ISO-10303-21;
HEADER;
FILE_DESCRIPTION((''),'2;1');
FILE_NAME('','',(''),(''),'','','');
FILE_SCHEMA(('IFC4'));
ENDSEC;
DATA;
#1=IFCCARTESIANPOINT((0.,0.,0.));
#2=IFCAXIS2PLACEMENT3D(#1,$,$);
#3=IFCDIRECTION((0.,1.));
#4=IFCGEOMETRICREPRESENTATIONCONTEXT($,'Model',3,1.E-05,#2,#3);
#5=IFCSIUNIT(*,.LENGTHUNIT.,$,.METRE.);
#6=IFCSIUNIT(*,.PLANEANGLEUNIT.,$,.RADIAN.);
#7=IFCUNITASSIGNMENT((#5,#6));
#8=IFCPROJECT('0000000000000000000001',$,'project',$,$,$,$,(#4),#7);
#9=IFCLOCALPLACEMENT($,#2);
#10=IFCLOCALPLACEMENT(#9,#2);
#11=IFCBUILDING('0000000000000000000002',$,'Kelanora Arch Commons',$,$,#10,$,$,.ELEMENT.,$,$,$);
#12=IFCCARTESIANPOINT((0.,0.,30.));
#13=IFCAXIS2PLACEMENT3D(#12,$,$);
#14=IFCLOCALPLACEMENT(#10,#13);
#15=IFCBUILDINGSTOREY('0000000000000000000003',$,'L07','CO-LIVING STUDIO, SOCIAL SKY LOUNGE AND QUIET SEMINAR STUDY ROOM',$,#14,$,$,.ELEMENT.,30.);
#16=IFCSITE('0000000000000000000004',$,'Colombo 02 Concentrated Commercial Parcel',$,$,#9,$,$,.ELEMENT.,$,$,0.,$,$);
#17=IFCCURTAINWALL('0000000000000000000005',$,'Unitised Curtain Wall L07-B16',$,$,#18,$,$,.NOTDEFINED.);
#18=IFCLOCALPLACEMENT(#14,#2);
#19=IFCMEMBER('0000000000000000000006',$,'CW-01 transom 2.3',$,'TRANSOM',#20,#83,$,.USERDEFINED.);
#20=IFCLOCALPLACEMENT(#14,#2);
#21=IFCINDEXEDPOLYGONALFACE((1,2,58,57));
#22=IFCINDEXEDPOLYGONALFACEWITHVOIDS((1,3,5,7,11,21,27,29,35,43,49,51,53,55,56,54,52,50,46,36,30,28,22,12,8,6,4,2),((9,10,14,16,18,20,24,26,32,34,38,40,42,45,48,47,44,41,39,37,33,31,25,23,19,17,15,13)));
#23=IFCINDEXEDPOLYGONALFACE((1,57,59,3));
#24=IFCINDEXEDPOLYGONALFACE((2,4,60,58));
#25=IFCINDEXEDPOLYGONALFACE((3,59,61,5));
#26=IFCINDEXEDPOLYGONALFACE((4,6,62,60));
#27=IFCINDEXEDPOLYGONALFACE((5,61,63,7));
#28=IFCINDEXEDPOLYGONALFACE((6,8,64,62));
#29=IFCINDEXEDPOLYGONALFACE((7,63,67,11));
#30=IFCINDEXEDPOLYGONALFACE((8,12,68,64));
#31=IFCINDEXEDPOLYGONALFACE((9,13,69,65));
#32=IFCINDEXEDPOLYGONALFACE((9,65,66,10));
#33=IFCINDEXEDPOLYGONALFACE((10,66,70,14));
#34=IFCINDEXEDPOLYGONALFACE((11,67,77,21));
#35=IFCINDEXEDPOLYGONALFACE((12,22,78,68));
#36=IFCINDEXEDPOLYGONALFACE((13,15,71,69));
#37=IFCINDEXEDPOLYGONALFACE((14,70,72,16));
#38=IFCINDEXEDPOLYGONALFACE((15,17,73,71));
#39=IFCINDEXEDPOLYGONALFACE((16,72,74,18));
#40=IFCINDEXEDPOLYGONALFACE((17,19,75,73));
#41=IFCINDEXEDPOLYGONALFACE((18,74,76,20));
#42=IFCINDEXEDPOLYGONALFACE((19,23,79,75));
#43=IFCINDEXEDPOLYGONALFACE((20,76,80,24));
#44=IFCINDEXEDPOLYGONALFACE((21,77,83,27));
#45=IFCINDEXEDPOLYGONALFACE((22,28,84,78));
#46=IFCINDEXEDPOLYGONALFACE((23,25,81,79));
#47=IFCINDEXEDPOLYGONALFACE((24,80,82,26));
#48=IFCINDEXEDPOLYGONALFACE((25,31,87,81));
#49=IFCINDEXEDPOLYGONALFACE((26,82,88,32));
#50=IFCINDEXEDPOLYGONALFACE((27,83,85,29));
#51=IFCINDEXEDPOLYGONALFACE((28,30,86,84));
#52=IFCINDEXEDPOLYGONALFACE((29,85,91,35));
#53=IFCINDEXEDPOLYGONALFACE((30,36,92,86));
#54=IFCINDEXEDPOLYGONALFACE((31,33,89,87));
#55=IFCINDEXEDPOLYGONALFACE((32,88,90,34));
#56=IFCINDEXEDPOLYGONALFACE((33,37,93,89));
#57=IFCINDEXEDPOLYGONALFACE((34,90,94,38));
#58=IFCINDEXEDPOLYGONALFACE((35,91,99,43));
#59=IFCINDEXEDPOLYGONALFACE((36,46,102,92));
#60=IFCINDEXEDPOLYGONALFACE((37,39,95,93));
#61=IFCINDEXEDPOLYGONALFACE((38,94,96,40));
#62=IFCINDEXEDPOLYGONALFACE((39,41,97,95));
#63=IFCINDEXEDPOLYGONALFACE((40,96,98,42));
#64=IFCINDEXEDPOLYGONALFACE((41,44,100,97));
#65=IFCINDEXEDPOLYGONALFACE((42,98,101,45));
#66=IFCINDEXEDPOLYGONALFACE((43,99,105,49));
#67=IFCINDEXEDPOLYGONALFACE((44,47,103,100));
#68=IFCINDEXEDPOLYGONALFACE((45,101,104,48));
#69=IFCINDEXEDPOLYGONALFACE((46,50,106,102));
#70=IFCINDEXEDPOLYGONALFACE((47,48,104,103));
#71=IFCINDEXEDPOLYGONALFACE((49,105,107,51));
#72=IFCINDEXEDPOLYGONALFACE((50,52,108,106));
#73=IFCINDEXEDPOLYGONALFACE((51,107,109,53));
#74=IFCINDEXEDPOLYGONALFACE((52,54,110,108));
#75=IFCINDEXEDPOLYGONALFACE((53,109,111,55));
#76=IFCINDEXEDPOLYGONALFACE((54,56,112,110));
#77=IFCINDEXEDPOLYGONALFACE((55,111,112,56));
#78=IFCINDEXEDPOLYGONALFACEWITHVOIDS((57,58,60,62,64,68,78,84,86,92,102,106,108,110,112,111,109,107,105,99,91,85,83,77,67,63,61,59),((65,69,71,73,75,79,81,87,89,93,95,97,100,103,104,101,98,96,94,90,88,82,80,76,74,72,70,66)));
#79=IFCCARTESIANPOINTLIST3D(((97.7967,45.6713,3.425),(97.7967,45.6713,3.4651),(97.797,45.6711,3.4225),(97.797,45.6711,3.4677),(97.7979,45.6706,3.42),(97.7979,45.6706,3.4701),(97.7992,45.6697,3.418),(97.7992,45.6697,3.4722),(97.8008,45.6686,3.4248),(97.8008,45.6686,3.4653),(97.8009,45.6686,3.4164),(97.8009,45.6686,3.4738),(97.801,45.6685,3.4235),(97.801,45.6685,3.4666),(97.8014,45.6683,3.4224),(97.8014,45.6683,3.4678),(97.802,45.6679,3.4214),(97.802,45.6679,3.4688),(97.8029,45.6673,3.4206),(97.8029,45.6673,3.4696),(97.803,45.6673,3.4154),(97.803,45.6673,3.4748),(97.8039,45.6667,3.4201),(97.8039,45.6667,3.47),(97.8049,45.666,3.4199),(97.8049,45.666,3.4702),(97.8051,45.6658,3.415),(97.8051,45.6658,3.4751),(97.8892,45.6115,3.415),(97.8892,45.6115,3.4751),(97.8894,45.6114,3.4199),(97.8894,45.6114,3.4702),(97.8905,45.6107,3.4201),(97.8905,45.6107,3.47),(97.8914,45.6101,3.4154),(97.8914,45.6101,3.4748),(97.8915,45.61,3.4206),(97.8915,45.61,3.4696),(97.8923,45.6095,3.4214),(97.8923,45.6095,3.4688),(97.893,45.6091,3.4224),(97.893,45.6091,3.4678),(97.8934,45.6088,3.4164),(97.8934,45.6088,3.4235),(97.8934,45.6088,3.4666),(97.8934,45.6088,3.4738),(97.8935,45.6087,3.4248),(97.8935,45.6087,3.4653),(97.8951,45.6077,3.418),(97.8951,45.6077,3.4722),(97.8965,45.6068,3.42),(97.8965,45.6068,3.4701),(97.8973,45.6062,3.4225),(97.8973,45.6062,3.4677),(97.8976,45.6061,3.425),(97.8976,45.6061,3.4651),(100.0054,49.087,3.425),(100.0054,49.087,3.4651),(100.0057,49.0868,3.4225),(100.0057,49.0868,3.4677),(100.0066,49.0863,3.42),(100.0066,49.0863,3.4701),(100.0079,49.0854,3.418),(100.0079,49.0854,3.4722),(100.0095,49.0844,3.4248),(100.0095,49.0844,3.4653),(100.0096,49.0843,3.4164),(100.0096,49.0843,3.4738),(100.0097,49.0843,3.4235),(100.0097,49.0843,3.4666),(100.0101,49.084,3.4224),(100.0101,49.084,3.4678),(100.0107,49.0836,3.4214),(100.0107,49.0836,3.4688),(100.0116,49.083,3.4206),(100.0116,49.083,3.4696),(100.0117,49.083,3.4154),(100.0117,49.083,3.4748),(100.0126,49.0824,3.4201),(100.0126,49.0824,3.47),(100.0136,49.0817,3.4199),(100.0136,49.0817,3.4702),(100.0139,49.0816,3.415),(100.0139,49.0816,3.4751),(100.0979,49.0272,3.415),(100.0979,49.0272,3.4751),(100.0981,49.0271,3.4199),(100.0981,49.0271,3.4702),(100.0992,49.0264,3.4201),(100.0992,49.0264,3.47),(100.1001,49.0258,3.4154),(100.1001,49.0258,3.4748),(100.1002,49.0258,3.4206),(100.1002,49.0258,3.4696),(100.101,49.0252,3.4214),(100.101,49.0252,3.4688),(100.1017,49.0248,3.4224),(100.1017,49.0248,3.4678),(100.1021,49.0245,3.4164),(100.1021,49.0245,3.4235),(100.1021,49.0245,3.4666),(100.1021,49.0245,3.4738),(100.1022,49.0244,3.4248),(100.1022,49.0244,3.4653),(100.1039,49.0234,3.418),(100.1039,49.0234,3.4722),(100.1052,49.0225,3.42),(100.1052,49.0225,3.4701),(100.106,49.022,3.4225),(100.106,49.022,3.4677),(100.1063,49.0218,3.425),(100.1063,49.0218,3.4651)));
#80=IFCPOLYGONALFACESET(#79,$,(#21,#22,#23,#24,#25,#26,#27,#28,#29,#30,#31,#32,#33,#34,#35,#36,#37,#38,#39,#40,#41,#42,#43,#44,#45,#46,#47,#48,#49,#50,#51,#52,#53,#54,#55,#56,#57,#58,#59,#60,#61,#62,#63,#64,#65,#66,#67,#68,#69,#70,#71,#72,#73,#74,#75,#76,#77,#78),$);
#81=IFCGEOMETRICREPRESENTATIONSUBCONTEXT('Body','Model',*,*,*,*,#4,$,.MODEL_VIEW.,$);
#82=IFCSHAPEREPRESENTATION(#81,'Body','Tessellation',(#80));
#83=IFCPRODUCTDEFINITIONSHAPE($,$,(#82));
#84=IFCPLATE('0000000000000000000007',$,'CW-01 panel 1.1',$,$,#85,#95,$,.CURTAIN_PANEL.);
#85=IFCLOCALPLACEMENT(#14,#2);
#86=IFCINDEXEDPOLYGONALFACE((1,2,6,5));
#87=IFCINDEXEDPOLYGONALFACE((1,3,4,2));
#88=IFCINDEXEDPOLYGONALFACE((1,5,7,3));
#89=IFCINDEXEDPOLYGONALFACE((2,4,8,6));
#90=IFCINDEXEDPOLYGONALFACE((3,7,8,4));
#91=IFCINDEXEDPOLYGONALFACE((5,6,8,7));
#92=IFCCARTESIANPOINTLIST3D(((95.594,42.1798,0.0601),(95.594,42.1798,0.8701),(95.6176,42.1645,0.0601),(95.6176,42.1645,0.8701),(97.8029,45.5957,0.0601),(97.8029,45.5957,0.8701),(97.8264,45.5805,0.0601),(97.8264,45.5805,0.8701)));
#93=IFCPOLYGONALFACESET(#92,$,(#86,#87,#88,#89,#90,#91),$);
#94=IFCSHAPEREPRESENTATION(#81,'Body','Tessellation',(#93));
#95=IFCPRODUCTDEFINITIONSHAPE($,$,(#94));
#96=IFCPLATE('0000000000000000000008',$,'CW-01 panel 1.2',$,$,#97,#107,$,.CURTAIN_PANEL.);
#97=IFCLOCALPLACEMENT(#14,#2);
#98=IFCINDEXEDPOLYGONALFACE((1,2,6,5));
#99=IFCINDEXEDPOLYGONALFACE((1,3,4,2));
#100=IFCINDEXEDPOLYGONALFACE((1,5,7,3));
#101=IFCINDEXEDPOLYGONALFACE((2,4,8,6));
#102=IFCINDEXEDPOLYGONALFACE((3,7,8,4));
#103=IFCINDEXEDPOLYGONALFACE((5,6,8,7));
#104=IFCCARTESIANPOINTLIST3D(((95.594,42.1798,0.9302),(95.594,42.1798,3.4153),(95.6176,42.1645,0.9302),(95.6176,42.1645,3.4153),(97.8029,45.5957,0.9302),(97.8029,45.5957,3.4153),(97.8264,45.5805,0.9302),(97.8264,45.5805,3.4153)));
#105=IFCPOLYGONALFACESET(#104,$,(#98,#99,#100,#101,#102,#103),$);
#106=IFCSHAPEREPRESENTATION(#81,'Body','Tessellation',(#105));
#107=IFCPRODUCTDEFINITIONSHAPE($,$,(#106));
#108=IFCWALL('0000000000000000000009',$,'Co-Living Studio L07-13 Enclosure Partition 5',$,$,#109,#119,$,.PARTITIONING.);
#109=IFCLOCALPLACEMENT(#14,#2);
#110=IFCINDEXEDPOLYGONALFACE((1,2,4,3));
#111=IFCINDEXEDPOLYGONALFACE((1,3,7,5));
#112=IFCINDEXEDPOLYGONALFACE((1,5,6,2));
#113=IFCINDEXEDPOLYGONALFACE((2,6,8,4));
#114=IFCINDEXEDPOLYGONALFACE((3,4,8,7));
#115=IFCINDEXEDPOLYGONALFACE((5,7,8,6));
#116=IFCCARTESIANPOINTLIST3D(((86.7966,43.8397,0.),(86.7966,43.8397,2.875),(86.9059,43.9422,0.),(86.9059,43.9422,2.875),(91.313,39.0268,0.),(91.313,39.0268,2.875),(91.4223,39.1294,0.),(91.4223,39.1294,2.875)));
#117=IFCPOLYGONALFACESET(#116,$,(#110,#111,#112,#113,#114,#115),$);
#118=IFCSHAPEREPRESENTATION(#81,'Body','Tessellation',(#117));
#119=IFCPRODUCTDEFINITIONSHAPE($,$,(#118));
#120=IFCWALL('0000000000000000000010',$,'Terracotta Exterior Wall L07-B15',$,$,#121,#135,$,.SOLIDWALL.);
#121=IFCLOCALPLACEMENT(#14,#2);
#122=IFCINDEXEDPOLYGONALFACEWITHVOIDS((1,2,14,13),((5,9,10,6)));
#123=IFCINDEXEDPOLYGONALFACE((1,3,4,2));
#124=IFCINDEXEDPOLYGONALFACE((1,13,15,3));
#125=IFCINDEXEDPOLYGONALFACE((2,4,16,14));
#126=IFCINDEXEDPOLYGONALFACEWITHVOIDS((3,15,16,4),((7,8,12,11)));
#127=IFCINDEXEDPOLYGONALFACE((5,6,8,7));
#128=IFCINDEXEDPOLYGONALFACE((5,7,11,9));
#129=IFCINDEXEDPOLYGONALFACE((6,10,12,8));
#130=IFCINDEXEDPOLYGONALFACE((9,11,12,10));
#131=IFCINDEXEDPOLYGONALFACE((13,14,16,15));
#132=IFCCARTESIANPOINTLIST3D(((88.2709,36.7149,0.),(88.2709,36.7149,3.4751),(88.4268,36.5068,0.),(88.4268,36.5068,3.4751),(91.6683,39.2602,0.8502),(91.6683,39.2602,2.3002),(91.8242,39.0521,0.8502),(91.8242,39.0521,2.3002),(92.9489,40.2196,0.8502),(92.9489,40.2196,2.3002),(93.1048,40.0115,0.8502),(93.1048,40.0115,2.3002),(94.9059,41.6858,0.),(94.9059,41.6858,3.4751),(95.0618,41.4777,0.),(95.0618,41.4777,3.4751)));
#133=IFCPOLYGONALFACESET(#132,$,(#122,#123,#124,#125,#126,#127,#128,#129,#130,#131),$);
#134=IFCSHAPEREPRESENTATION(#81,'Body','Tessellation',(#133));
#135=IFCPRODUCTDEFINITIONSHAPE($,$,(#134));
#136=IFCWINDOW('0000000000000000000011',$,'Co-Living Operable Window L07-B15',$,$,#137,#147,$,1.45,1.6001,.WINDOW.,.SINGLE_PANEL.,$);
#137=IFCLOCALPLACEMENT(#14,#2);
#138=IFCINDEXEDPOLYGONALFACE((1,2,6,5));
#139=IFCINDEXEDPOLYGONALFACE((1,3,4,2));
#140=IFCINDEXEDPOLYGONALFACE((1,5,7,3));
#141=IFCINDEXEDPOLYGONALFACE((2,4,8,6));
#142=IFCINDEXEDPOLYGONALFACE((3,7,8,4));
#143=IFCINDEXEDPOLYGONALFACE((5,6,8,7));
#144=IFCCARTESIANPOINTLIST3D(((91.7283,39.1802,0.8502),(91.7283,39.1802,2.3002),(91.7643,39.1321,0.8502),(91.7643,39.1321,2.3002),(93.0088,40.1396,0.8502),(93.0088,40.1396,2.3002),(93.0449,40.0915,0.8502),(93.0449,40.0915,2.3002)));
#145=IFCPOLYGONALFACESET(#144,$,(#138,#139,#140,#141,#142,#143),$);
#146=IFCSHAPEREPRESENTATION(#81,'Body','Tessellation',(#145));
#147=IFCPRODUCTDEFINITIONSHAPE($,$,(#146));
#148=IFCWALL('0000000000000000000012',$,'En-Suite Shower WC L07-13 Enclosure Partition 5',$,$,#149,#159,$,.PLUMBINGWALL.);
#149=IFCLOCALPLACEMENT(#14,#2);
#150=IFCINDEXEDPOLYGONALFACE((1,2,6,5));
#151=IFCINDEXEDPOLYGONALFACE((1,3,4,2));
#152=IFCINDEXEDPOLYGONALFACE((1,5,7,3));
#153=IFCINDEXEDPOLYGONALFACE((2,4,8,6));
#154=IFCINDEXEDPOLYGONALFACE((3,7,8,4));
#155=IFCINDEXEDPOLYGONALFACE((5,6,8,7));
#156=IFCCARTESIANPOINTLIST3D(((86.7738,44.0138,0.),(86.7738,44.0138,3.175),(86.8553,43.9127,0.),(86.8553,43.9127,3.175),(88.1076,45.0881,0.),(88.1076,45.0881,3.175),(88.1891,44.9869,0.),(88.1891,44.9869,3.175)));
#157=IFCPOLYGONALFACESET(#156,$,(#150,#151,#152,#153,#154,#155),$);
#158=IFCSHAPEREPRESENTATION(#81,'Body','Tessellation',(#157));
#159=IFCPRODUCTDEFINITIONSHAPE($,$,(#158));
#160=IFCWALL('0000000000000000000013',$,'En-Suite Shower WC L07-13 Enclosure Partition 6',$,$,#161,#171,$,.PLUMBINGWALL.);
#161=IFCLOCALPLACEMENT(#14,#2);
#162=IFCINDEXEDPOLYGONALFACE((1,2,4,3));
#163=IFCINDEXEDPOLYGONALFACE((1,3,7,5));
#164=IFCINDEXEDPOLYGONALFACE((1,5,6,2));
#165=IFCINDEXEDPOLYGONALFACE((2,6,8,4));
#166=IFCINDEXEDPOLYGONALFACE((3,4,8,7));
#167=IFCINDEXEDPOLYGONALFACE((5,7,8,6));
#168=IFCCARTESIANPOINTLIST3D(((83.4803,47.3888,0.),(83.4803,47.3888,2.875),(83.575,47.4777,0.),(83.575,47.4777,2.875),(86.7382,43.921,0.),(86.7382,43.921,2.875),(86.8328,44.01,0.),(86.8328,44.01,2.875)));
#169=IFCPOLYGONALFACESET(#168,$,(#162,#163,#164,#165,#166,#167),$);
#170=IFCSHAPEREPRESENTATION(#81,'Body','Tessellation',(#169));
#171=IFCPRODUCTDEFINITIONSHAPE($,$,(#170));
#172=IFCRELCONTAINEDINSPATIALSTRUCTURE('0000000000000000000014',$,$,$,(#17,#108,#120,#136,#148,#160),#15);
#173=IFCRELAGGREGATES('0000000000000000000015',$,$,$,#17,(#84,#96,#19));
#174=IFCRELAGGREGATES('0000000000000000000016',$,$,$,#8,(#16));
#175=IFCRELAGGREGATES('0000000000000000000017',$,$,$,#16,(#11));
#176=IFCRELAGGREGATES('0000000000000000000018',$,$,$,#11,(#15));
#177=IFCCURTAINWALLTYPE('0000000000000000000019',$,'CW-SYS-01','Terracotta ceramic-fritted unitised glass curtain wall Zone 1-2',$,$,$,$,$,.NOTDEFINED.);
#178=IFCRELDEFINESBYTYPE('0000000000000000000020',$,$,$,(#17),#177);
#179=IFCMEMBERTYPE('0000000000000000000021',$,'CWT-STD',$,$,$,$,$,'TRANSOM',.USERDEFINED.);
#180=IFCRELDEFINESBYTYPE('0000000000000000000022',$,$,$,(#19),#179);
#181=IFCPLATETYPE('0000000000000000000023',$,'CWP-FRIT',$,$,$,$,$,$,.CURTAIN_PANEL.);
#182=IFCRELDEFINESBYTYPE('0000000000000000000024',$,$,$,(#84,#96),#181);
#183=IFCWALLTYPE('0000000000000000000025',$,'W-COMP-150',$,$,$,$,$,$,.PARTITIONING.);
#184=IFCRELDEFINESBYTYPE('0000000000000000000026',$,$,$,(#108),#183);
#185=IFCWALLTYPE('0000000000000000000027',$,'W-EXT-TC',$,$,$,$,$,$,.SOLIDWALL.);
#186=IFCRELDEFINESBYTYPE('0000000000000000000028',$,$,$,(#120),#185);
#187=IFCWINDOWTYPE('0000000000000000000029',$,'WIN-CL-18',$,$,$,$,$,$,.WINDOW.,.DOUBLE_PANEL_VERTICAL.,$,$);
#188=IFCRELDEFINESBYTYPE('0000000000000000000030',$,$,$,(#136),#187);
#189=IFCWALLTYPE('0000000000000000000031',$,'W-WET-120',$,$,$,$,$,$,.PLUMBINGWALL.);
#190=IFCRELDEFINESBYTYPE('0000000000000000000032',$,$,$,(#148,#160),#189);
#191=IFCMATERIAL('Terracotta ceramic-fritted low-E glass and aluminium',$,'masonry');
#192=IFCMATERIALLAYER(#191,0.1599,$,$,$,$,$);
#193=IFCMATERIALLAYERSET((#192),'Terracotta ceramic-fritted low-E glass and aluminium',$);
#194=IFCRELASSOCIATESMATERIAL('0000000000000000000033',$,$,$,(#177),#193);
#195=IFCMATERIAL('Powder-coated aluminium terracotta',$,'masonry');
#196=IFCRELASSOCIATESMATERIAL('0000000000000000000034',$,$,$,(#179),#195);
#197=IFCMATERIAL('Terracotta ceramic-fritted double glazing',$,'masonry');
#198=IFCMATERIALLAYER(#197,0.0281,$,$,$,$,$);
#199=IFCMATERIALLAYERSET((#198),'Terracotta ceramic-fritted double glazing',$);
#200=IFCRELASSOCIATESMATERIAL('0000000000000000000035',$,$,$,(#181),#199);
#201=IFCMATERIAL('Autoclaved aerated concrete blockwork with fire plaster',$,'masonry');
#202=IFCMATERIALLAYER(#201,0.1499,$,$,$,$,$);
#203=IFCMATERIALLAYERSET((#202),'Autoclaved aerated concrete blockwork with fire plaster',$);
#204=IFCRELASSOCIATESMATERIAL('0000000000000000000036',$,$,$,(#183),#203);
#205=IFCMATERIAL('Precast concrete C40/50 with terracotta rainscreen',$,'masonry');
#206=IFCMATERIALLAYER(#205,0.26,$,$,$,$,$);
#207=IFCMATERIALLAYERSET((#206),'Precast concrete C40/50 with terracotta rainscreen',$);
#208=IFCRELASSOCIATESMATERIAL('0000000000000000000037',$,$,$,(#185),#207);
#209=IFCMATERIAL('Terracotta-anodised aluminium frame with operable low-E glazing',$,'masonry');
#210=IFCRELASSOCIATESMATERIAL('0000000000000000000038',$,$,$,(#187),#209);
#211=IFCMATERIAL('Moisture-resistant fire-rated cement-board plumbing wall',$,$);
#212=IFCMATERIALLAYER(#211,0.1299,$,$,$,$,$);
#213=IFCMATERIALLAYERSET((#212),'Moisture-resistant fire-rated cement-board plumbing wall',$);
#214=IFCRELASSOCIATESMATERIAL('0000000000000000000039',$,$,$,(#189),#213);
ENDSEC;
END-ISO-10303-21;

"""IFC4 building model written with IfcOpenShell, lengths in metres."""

from ifc_helpers import new_model, si_unit, direction, frame, frame_2d, origin, origin_2d, place, context, subcontext, project, spatial, rectangle, hollow_rectangle, extrude, source, transform, mapped, material, layer, layer_set, material_profile, profile_set, type_object, element, fill, aggregate, save


model = new_model("IFC4")

# Units and contexts
model_context = context("Model", 3, precision=1e-05, world=origin(), true_north=direction((0.0, 1.0)))
body_context = subcontext(model_context, "Body", "Model", "MODEL_VIEW")
ifc_project = project(units=[si_unit("LENGTHUNIT", "METRE"), si_unit("PLANEANGLEUNIT", "RADIAN")], contexts=[model_context])

# Site, building, storey
site_placement = place(None, origin())
site = spatial("IfcSite", under=ifc_project, at=site_placement, Name="Colombo 02 Concentrated Commercial Parcel", CompositionType="ELEMENT", RefElevation=0.0)
building_placement = place(site_placement, origin())
building = spatial("IfcBuilding", under=site, at=building_placement, Name="Kelanora Arch Commons", CompositionType="ELEMENT")
storey_placement = place(building_placement, frame((0.0, 0.0, 30.0)))
storey = spatial("IfcBuildingStorey", under=building, at=storey_placement, Name="L07", Description="CO-LIVING STUDIO, SOCIAL SKY LOUNGE AND QUIET SEMINAR STUDY ROOM", CompositionType="ELEMENT", Elevation=30.0)

# Shared definitions
ifc_material_1 = material(Name="Terracotta ceramic-fritted low-E glass and aluminium", Category="masonry")
ifc_layer_1 = layer(ifc_material_1, 0.1599)
ifc_layer_set_1 = layer_set([ifc_layer_1], Name="Terracotta ceramic-fritted low-E glass and aluminium")
curtain_wall_type = type_object("IfcCurtainWallType", Name="CW-SYS-01", Description="Terracotta ceramic-fritted unitised glass curtain wall Zone 1-2", PredefinedType="NOTDEFINED", material=ifc_layer_set_1)
ifc_material_2 = material(Name="Powder-coated aluminium terracotta", Category="masonry")

# Curtain wall, member, plates
curtain_wall_1_placement = place(storey_placement, origin())
curtain_wall_1 = element("IfcCurtainWall", 1, at=curtain_wall_1_placement, inside=storey, type_object=curtain_wall_type, Name="Unitised Curtain Wall L07-B16", PredefinedType="NOTDEFINED")
ifc_material_profile_1 = material_profile(ifc_material_2, hollow_rectangle(XDim=0.1201, YDim=0.0601, WallThickness=0.0049, InnerFilletRadius=0.0049, OuterFilletRadius=0.01, at=origin_2d()), Name="CWT120x60")
ifc_profile_set_1 = profile_set([ifc_material_profile_1], Name="Powder-coated aluminium terracotta")
member_type_1 = type_object("IfcMemberType", Name="CWT-STD", ElementType="TRANSOM", PredefinedType="USERDEFINED", material=ifc_profile_set_1)
member_1_placement = place(storey_placement, frame((97.8472, 45.6387, 3.4451), z_axis=(0.542997, 0.839734, 0.0), x_axis=(-0.839734, 0.542997, 0.0)))
member_1 = element("IfcMember", 2, at=member_1_placement, type_object=member_type_1, Name="CW-01 transom 2.3", ObjectType="TRANSOM", PredefinedType="USERDEFINED", context=body_context, shape_type="SweptSolid", body=[
    extrude(hollow_rectangle(XDim=0.1201, YDim=0.0601, WallThickness=0.0049, InnerFilletRadius=0.0049, OuterFilletRadius=0.01, at=origin_2d()), origin(), (0.0, 0.0, 1.0), 4.0676),
])
ifc_material_3 = material(Name="Terracotta ceramic-fritted double glazing", Category="masonry")
ifc_layer_2 = layer(ifc_material_3, 0.0281)
ifc_layer_set_2 = layer_set([ifc_layer_2], Name="Terracotta ceramic-fritted double glazing")
plate_type = type_object("IfcPlateType", Name="CWP-FRIT", PredefinedType="CURTAIN_PANEL", material=ifc_layer_set_2)
shared_shape_1 = source(origin(), body_context, "Body", "SweptSolid", [
    extrude(rectangle(XDim=4.0679, YDim=0.0281, at=origin_2d()), origin(), (0.0, 0.0, 1.0), 0.8101),
])
plate_1_placement = place(storey_placement, frame((96.7102, 43.8801, 0.0601), z_axis=(0.0, 0.0, 1.0), x_axis=(0.543004, 0.83973, 0.0)))
plate_1 = element("IfcPlate", 3, at=plate_1_placement, type_object=plate_type, Name="CW-01 panel 1.1", PredefinedType="CURTAIN_PANEL", context=body_context, shape_type="MappedRepresentation", body=[
    mapped(shared_shape_1, transform((0.0, 0.0, 0.0), scale=1.0)),
])
shared_shape_2 = source(origin(), body_context, "Body", "SweptSolid", [
    extrude(rectangle(XDim=4.0679, YDim=0.0281, at=origin_2d()), origin(), (0.0, 0.0, 1.0), 2.4851),
])
plate_2_placement = place(storey_placement, frame((96.7102, 43.8801, 0.9302), z_axis=(0.0, 0.0, 1.0), x_axis=(0.543004, 0.83973, 0.0)))
plate_2 = element("IfcPlate", 4, at=plate_2_placement, type_object=plate_type, Name="CW-01 panel 1.2", PredefinedType="CURTAIN_PANEL", context=body_context, shape_type="MappedRepresentation", body=[
    mapped(shared_shape_2, transform((0.0, 0.0, 0.0), scale=1.0)),
])
aggregate(curtain_wall_1, [plate_1, plate_2, member_1])

# Wall
ifc_material_4 = material(Name="Autoclaved aerated concrete blockwork with fire plaster", Category="masonry")
ifc_layer_3 = layer(ifc_material_4, 0.1499)
ifc_layer_set_3 = layer_set([ifc_layer_3], Name="Autoclaved aerated concrete blockwork with fire plaster")
wall_type_1 = type_object("IfcWallType", Name="W-COMP-150", PredefinedType="PARTITIONING", material=ifc_layer_set_3)
wall_1_placement = place(storey_placement, frame((91.3677, 39.0781, 0.0), z_axis=(0.0, 0.0, 1.0), x_axis=(-0.684297, 0.729204, 0.0)))
element("IfcWall", 5, at=wall_1_placement, inside=storey, type_object=wall_type_1, Name="Co-Living Studio L07-13 Enclosure Partition 5", PredefinedType="PARTITIONING", context=body_context, shape_type="SweptSolid", body=[
    extrude(rectangle(XDim=6.6001, YDim=0.1499, at=frame_2d((3.3, 0.0))), origin(), (0.0, 0.0, 1.0), 2.875),
])

# Wall, opening, window
ifc_material_5 = material(Name="Precast concrete C40/50 with terracotta rainscreen", Category="masonry")
ifc_layer_4 = layer(ifc_material_5, 0.26)
ifc_layer_set_4 = layer_set([ifc_layer_4], Name="Precast concrete C40/50 with terracotta rainscreen")
wall_type_2 = type_object("IfcWallType", Name="W-EXT-TC", PredefinedType="SOLIDWALL", material=ifc_layer_set_4)
wall_2_placement = place(storey_placement, frame((88.3489, 36.6108, 0.0), z_axis=(0.0, 0.0, 1.0), x_axis=(0.800307, 0.59959, 0.0)))
wall_2 = element("IfcWall", 6, at=wall_2_placement, inside=storey, type_object=wall_type_2, Name="Terracotta Exterior Wall L07-B15", PredefinedType="SOLIDWALL", context=body_context, shape_type="SweptSolid", body=[
    extrude(rectangle(XDim=8.2905, YDim=0.26, at=frame_2d((4.1453, 0.0))), origin(), (0.0, 0.0, 1.0), 3.4751),
])
opening_placement = place(wall_2_placement, frame((4.2451, 0.0, 0.8501)))
opening = element("IfcOpeningElement", 7, at=opening_placement, cuts=wall_2, PredefinedType="OPENING", context=body_context, shape_type="SweptSolid", body=[
    extrude(rectangle(XDim=1.6001, YDim=1.45, at=frame_2d((0.8, 0.7251))), frame((0.0, 0.1401, 0.0), z_axis=(0.0, -1.0, 0.0), x_axis=(1.0, 0.0, 0.0)), (0.0, 0.0, 1.0), 0.28),
])
ifc_material_6 = material(Name="Terracotta-anodised aluminium frame with operable low-E glazing", Category="masonry")
window_type = type_object("IfcWindowType", Name="WIN-CL-18", PartitioningType="DOUBLE_PANEL_VERTICAL", PredefinedType="WINDOW", material=ifc_material_6)
window_placement = place(opening_placement, origin())
window = element("IfcWindow", 8, at=window_placement, inside=storey, type_object=window_type, Name="Co-Living Operable Window L07-B15", OverallHeight=1.45, OverallWidth=1.6001, PartitioningType="SINGLE_PANEL", PredefinedType="WINDOW", context=body_context, shape_type="SweptSolid", body=[
    extrude(rectangle(XDim=1.6001, YDim=1.45, at=frame_2d((0.8, 0.7251))), frame((0.0, 0.03, 0.0), z_axis=(0.0, -1.0, 0.0), x_axis=(1.0, 0.0, 0.0)), (0.0, 0.0, 1.0), 0.0601),
])
fill(opening, window)

# Walls
ifc_material_7 = material(Name="Moisture-resistant fire-rated cement-board plumbing wall")
ifc_layer_5 = layer(ifc_material_7, 0.1299)
ifc_layer_set_5 = layer_set([ifc_layer_5], Name="Moisture-resistant fire-rated cement-board plumbing wall")
wall_type_3 = type_object("IfcWallType", Name="W-WET-120", PredefinedType="PLUMBINGWALL", material=ifc_layer_set_5)
wall_3_placement = place(storey_placement, frame((88.1484, 45.0376, 0.0), z_axis=(0.0, 0.0, 1.0), x_axis=(-0.778806, -0.627265, 0.0)))
element("IfcWall", 9, at=wall_3_placement, inside=storey, type_object=wall_type_3, Name="En-Suite Shower WC L07-13 Enclosure Partition 5", PredefinedType="PLUMBINGWALL", context=body_context, shape_type="SweptSolid", body=[
    extrude(rectangle(XDim=1.7126, YDim=0.1299, at=frame_2d((0.8564, 0.0))), origin(), (0.0, 0.0, 1.0), 3.175),
])
wall_4_placement = place(storey_placement, frame((86.7854, 43.9656, 0.0), z_axis=(0.0, 0.0, 1.0), x_axis=(-0.684699, 0.728826, 0.0)))
element("IfcWall", 10, at=wall_4_placement, inside=storey, type_object=wall_type_3, Name="En-Suite Shower WC L07-13 Enclosure Partition 6", PredefinedType="PLUMBINGWALL", context=body_context, shape_type="SweptSolid", body=[
    extrude(rectangle(XDim=4.7581, YDim=0.1299, at=frame_2d((2.3789, 0.0))), origin(), (0.0, 0.0, 1.0), 2.875),
])

save(model, "model.ifc")
